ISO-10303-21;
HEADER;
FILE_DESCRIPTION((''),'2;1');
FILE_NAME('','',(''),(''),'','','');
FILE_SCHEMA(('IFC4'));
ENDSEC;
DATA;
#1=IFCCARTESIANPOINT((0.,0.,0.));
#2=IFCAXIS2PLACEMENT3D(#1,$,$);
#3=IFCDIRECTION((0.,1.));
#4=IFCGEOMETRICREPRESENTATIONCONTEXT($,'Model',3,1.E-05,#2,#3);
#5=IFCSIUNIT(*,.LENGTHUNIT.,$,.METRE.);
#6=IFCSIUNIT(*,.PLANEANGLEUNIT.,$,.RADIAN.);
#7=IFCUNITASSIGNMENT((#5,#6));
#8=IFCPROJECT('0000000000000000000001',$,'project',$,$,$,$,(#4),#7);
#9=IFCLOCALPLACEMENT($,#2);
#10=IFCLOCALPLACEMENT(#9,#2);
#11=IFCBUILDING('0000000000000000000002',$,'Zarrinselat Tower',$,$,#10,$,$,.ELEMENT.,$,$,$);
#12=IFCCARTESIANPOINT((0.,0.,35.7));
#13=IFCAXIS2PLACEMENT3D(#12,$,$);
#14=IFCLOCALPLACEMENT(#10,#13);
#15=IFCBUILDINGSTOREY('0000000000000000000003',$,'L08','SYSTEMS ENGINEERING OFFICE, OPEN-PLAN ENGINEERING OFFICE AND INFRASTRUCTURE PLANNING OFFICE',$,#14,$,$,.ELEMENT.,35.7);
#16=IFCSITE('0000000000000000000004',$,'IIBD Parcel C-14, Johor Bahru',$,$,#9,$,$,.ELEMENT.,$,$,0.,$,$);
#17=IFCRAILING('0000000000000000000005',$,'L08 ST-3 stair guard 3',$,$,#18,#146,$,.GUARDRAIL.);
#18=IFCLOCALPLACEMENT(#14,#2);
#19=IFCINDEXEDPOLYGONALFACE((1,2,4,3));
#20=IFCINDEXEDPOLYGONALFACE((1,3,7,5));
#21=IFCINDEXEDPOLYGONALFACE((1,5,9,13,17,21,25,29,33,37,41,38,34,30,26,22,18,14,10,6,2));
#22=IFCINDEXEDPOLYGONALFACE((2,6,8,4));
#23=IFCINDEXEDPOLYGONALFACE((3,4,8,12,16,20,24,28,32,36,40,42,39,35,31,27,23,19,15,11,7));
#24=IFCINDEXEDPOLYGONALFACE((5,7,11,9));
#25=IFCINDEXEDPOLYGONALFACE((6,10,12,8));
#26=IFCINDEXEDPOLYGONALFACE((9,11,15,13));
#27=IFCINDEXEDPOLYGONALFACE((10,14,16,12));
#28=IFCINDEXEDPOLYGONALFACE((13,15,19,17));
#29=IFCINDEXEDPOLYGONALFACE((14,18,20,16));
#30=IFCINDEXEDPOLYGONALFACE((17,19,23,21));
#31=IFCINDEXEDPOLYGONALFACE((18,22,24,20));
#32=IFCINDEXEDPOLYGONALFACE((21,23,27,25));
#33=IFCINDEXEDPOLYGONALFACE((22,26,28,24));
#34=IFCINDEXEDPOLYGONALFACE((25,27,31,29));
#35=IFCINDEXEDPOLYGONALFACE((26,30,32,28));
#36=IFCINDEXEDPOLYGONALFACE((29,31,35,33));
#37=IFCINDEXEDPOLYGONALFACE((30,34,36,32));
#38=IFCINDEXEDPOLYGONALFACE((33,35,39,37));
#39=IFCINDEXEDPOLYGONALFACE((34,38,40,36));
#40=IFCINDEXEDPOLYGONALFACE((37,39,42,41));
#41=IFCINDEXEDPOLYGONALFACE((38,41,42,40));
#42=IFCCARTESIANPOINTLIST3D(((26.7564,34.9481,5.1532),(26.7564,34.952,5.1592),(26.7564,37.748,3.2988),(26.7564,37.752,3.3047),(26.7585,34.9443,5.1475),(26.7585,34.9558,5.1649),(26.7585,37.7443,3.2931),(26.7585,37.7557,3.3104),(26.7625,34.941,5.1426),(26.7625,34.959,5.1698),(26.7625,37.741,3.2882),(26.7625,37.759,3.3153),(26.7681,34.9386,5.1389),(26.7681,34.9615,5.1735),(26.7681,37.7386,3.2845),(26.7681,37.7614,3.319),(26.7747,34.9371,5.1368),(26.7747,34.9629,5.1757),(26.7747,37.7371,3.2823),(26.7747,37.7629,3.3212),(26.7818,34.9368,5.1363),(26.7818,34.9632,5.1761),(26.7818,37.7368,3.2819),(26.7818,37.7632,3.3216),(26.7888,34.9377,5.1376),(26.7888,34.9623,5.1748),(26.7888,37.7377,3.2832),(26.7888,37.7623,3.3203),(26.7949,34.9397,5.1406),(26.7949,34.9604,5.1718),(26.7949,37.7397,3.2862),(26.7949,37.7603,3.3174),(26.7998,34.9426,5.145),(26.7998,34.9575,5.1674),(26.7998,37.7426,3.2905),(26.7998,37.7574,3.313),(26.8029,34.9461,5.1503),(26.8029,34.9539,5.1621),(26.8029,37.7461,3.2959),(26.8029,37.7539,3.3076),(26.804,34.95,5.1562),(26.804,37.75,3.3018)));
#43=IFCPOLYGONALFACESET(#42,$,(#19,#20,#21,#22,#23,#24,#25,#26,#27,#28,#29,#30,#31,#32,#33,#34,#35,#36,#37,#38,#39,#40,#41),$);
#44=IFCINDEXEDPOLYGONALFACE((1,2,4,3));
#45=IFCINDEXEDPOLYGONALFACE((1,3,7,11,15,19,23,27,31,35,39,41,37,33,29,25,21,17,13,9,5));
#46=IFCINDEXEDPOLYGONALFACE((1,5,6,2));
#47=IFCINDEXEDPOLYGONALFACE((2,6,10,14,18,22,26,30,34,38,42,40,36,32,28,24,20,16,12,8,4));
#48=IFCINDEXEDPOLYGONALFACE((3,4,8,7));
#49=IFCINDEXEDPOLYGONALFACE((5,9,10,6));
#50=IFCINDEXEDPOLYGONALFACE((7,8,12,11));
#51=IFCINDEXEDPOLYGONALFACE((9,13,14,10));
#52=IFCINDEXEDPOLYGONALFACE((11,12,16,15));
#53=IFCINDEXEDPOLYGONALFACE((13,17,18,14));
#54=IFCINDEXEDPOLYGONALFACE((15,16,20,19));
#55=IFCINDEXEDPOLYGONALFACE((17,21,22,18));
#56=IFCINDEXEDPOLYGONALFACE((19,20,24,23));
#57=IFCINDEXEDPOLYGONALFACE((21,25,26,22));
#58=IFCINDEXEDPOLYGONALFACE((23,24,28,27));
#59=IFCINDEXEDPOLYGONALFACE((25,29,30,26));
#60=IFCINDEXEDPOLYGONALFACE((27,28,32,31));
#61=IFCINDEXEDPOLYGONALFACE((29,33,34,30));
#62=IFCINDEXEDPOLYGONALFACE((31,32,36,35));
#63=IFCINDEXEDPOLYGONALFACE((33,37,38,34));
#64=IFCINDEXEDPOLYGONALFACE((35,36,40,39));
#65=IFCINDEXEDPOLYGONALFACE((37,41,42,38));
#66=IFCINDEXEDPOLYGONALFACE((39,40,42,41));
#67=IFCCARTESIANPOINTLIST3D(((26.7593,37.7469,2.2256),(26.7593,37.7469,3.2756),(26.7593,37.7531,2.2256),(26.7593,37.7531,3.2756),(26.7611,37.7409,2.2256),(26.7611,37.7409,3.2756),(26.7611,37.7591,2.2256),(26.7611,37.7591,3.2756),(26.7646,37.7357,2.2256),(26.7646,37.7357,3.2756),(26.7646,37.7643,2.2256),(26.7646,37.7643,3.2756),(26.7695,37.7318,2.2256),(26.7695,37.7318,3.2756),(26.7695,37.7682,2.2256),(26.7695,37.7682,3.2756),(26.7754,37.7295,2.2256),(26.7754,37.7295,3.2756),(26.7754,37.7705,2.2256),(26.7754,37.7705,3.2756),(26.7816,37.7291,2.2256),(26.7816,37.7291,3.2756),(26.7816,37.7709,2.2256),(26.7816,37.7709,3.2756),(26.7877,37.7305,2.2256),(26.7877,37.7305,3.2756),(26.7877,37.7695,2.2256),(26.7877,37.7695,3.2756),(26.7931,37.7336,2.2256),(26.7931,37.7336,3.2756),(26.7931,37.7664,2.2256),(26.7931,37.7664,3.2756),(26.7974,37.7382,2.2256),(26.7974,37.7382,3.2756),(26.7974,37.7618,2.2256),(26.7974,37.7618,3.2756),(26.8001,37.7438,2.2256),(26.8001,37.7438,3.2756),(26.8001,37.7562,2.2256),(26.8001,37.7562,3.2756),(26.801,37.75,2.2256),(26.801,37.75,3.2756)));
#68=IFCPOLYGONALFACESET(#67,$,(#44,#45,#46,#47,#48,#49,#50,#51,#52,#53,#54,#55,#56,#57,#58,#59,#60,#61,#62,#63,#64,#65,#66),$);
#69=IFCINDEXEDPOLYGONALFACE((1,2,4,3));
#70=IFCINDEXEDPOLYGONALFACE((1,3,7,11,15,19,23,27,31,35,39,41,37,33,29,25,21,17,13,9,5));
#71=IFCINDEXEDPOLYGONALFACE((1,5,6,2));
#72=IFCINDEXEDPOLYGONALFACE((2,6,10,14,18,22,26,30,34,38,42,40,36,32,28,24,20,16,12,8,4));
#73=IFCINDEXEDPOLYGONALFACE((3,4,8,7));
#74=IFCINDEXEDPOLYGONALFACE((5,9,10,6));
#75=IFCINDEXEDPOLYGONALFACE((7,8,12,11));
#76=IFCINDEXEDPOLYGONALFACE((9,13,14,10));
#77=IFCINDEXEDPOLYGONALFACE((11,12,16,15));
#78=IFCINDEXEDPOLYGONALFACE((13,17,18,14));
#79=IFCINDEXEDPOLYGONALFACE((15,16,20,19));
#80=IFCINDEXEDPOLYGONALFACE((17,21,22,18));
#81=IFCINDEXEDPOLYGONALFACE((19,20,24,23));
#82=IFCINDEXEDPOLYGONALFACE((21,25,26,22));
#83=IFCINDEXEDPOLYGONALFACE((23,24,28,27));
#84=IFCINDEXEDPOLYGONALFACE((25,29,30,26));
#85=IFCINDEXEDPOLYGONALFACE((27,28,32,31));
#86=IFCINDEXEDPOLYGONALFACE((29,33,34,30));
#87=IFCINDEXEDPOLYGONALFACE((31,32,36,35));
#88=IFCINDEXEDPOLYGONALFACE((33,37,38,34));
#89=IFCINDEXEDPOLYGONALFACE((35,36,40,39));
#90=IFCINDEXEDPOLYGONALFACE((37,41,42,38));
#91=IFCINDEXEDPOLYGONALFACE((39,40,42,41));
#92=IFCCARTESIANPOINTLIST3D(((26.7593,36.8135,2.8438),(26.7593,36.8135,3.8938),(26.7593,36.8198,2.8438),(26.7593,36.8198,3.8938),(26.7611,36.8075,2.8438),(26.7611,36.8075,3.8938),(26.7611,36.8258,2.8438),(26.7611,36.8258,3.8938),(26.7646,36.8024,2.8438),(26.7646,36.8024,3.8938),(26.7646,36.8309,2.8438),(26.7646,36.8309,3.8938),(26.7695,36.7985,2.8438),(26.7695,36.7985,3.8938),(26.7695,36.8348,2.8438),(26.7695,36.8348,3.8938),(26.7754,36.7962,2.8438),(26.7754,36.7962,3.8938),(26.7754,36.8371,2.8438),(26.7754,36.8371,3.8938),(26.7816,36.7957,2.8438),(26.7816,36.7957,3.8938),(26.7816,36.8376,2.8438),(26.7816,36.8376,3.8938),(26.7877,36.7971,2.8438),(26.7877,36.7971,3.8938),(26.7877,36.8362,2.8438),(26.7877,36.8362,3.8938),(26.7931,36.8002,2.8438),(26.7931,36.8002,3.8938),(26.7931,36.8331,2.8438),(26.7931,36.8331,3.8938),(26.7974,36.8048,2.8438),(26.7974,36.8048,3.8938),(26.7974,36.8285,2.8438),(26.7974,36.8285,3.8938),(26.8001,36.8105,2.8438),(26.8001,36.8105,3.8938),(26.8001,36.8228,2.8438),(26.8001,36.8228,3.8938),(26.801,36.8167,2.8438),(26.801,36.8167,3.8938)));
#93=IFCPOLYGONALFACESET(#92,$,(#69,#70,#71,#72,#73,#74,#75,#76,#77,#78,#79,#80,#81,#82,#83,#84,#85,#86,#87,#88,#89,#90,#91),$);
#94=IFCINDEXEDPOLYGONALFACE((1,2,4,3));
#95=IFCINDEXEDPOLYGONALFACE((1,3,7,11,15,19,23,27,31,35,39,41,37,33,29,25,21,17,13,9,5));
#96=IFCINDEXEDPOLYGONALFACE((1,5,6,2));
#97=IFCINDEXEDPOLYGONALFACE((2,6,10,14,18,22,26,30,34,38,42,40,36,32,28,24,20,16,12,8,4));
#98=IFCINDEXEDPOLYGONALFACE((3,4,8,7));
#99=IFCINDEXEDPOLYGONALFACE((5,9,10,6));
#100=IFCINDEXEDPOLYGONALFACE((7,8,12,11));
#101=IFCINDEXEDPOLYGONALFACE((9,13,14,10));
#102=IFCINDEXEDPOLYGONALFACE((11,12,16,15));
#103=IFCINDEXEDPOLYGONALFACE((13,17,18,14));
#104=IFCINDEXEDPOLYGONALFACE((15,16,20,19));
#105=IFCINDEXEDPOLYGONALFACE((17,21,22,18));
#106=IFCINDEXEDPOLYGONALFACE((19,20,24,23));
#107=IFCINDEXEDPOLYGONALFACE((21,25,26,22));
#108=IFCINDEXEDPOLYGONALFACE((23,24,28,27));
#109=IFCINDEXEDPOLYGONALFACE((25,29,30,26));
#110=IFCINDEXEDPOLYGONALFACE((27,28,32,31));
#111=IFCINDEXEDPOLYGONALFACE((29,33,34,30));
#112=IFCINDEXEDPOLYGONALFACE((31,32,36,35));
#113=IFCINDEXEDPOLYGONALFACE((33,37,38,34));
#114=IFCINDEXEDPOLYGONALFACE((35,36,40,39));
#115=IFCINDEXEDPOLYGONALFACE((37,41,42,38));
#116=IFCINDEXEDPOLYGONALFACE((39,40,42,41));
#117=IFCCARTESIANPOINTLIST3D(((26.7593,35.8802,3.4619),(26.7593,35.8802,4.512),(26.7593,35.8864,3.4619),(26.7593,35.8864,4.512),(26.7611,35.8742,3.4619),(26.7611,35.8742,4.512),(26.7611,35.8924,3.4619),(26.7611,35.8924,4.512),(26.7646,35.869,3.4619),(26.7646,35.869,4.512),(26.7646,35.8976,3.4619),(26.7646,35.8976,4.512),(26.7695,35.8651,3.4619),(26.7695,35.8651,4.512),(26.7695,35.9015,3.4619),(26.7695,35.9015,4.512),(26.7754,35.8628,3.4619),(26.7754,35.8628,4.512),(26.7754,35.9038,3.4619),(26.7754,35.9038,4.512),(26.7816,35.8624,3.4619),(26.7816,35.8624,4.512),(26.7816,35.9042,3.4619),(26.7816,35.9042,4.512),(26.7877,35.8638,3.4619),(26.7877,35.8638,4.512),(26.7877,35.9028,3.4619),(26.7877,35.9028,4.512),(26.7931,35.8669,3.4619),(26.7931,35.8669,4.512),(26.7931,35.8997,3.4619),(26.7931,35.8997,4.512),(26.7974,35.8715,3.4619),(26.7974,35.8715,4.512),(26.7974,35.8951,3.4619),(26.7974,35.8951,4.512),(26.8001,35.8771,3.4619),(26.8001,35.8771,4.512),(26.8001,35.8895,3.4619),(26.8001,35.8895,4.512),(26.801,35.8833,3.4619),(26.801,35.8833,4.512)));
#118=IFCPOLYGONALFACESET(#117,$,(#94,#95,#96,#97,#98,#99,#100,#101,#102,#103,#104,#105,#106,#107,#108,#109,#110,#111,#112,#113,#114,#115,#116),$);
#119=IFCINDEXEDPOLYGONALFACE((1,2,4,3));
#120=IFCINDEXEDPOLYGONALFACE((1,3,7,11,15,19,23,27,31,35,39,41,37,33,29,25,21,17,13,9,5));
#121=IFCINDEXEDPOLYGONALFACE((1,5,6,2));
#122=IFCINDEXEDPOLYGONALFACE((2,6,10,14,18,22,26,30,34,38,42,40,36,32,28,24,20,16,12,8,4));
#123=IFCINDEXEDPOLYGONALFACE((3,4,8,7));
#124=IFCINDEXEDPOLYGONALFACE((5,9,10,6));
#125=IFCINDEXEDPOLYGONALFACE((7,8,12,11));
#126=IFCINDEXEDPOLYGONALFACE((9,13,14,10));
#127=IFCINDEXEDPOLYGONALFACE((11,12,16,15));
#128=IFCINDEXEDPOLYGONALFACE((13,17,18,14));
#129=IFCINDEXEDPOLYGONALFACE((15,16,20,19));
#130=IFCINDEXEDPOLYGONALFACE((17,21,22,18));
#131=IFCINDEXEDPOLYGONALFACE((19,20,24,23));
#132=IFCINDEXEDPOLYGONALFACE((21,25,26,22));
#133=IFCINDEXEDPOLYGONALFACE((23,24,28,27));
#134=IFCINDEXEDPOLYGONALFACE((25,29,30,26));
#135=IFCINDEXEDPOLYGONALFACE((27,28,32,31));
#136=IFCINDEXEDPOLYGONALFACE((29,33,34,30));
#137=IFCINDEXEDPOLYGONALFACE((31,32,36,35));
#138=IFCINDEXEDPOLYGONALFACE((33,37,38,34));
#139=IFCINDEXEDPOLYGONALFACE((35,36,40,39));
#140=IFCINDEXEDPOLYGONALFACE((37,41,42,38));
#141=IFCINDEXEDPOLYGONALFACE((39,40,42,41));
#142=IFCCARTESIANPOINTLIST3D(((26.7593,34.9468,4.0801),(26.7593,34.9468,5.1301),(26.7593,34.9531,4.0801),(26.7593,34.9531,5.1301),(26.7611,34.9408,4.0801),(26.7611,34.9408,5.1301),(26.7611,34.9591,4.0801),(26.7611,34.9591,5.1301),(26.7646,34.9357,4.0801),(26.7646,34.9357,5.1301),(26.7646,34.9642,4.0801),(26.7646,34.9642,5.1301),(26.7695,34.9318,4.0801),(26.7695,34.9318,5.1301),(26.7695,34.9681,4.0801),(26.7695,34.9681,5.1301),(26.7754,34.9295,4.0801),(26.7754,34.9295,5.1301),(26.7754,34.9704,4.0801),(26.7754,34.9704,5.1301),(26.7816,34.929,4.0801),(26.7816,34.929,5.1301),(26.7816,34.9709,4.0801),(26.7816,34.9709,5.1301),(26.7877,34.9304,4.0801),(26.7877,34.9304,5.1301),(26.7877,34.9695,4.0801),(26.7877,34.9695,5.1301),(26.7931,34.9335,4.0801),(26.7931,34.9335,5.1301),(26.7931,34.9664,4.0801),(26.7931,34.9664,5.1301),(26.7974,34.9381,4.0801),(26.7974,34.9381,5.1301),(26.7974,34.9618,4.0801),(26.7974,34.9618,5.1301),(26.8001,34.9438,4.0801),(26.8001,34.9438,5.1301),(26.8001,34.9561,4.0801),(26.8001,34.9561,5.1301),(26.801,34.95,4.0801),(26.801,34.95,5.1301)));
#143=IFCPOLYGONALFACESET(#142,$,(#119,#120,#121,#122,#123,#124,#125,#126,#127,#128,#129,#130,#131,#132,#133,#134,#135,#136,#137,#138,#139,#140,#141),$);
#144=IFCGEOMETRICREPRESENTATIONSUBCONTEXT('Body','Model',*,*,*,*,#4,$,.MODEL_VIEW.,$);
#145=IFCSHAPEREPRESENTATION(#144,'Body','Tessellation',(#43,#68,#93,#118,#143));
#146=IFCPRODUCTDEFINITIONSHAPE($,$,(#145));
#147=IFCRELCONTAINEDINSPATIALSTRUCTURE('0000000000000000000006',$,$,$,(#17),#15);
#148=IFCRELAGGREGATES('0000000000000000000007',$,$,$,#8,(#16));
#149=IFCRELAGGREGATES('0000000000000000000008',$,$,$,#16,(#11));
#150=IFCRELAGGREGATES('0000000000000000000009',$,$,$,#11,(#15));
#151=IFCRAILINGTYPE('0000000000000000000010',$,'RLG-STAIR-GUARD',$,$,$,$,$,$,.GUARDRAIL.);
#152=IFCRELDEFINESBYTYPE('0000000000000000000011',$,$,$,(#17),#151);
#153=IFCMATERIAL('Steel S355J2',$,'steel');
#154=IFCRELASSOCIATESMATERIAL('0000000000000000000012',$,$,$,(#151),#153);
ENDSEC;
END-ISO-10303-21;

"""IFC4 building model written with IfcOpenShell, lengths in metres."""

from ifc_helpers import new_model, si_unit, direction, frame, origin, origin_2d, place, context, subcontext, project, spatial, circle, extrude, material, type_object, element, save


model = new_model("IFC4")

# Units and contexts
model_context = context("Model", 3, precision=1e-05, world=origin(), true_north=direction((0.0, 1.0)))
body_context = subcontext(model_context, "Body", "Model", "MODEL_VIEW")
ifc_project = project(units=[si_unit("LENGTHUNIT", "METRE"), si_unit("PLANEANGLEUNIT", "RADIAN")], contexts=[model_context])

# Site, building, storey
site_placement = place(None, origin())
site = spatial("IfcSite", under=ifc_project, at=site_placement, Name="IIBD Parcel C-14, Johor Bahru", CompositionType="ELEMENT", RefElevation=0.0)
building_placement = place(site_placement, origin())
building = spatial("IfcBuilding", under=site, at=building_placement, Name="Zarrinselat Tower", CompositionType="ELEMENT")
storey_placement = place(building_placement, frame((0.0, 0.0, 35.7)))
storey = spatial("IfcBuildingStorey", under=building, at=storey_placement, Name="L08", Description="SYSTEMS ENGINEERING OFFICE, OPEN-PLAN ENGINEERING OFFICE AND INFRASTRUCTURE PLANNING OFFICE", CompositionType="ELEMENT", Elevation=35.7)

# Railing
ifc_material_1 = material(Name="Steel S355J2", Category="steel")
railing_type_1 = type_object("IfcRailingType", Name="RLG-STAIR-GUARD", PredefinedType="GUARDRAIL", material=ifc_material_1)
railing_1_placement = place(storey_placement, frame((26.78, 37.75, 2.2256)))
element("IfcRailing", 1, at=railing_1_placement, inside=storey, type_object=railing_type_1, Name="L08 ST-3 stair guard 3", PredefinedType="GUARDRAIL", context=body_context, shape_type="SweptSolid", body=[
    extrude(circle(Radius=0.0239, at=origin_2d()), frame((0.0, 0.0, 1.0762), z_axis=(0.0, -0.833724, 0.552181), x_axis=(1.0, 0.0, 0.0)), (0.0, 0.0, 1.0), 3.3584),
    extrude(circle(Radius=0.021, at=origin_2d()), origin(), (0.0, 0.0, 1.0), 1.05),
    extrude(circle(Radius=0.021, at=origin_2d()), frame((0.0, -0.9333, 0.6182)), (0.0, 0.0, 1.0), 1.05),
    extrude(circle(Radius=0.021, at=origin_2d()), frame((0.0, -1.8667, 1.2363)), (0.0, 0.0, 1.0), 1.05),
    extrude(circle(Radius=0.021, at=origin_2d()), frame((0.0, -2.8, 1.8545)), (0.0, 0.0, 1.0), 1.05),
])

save(model, "model.ifc")
